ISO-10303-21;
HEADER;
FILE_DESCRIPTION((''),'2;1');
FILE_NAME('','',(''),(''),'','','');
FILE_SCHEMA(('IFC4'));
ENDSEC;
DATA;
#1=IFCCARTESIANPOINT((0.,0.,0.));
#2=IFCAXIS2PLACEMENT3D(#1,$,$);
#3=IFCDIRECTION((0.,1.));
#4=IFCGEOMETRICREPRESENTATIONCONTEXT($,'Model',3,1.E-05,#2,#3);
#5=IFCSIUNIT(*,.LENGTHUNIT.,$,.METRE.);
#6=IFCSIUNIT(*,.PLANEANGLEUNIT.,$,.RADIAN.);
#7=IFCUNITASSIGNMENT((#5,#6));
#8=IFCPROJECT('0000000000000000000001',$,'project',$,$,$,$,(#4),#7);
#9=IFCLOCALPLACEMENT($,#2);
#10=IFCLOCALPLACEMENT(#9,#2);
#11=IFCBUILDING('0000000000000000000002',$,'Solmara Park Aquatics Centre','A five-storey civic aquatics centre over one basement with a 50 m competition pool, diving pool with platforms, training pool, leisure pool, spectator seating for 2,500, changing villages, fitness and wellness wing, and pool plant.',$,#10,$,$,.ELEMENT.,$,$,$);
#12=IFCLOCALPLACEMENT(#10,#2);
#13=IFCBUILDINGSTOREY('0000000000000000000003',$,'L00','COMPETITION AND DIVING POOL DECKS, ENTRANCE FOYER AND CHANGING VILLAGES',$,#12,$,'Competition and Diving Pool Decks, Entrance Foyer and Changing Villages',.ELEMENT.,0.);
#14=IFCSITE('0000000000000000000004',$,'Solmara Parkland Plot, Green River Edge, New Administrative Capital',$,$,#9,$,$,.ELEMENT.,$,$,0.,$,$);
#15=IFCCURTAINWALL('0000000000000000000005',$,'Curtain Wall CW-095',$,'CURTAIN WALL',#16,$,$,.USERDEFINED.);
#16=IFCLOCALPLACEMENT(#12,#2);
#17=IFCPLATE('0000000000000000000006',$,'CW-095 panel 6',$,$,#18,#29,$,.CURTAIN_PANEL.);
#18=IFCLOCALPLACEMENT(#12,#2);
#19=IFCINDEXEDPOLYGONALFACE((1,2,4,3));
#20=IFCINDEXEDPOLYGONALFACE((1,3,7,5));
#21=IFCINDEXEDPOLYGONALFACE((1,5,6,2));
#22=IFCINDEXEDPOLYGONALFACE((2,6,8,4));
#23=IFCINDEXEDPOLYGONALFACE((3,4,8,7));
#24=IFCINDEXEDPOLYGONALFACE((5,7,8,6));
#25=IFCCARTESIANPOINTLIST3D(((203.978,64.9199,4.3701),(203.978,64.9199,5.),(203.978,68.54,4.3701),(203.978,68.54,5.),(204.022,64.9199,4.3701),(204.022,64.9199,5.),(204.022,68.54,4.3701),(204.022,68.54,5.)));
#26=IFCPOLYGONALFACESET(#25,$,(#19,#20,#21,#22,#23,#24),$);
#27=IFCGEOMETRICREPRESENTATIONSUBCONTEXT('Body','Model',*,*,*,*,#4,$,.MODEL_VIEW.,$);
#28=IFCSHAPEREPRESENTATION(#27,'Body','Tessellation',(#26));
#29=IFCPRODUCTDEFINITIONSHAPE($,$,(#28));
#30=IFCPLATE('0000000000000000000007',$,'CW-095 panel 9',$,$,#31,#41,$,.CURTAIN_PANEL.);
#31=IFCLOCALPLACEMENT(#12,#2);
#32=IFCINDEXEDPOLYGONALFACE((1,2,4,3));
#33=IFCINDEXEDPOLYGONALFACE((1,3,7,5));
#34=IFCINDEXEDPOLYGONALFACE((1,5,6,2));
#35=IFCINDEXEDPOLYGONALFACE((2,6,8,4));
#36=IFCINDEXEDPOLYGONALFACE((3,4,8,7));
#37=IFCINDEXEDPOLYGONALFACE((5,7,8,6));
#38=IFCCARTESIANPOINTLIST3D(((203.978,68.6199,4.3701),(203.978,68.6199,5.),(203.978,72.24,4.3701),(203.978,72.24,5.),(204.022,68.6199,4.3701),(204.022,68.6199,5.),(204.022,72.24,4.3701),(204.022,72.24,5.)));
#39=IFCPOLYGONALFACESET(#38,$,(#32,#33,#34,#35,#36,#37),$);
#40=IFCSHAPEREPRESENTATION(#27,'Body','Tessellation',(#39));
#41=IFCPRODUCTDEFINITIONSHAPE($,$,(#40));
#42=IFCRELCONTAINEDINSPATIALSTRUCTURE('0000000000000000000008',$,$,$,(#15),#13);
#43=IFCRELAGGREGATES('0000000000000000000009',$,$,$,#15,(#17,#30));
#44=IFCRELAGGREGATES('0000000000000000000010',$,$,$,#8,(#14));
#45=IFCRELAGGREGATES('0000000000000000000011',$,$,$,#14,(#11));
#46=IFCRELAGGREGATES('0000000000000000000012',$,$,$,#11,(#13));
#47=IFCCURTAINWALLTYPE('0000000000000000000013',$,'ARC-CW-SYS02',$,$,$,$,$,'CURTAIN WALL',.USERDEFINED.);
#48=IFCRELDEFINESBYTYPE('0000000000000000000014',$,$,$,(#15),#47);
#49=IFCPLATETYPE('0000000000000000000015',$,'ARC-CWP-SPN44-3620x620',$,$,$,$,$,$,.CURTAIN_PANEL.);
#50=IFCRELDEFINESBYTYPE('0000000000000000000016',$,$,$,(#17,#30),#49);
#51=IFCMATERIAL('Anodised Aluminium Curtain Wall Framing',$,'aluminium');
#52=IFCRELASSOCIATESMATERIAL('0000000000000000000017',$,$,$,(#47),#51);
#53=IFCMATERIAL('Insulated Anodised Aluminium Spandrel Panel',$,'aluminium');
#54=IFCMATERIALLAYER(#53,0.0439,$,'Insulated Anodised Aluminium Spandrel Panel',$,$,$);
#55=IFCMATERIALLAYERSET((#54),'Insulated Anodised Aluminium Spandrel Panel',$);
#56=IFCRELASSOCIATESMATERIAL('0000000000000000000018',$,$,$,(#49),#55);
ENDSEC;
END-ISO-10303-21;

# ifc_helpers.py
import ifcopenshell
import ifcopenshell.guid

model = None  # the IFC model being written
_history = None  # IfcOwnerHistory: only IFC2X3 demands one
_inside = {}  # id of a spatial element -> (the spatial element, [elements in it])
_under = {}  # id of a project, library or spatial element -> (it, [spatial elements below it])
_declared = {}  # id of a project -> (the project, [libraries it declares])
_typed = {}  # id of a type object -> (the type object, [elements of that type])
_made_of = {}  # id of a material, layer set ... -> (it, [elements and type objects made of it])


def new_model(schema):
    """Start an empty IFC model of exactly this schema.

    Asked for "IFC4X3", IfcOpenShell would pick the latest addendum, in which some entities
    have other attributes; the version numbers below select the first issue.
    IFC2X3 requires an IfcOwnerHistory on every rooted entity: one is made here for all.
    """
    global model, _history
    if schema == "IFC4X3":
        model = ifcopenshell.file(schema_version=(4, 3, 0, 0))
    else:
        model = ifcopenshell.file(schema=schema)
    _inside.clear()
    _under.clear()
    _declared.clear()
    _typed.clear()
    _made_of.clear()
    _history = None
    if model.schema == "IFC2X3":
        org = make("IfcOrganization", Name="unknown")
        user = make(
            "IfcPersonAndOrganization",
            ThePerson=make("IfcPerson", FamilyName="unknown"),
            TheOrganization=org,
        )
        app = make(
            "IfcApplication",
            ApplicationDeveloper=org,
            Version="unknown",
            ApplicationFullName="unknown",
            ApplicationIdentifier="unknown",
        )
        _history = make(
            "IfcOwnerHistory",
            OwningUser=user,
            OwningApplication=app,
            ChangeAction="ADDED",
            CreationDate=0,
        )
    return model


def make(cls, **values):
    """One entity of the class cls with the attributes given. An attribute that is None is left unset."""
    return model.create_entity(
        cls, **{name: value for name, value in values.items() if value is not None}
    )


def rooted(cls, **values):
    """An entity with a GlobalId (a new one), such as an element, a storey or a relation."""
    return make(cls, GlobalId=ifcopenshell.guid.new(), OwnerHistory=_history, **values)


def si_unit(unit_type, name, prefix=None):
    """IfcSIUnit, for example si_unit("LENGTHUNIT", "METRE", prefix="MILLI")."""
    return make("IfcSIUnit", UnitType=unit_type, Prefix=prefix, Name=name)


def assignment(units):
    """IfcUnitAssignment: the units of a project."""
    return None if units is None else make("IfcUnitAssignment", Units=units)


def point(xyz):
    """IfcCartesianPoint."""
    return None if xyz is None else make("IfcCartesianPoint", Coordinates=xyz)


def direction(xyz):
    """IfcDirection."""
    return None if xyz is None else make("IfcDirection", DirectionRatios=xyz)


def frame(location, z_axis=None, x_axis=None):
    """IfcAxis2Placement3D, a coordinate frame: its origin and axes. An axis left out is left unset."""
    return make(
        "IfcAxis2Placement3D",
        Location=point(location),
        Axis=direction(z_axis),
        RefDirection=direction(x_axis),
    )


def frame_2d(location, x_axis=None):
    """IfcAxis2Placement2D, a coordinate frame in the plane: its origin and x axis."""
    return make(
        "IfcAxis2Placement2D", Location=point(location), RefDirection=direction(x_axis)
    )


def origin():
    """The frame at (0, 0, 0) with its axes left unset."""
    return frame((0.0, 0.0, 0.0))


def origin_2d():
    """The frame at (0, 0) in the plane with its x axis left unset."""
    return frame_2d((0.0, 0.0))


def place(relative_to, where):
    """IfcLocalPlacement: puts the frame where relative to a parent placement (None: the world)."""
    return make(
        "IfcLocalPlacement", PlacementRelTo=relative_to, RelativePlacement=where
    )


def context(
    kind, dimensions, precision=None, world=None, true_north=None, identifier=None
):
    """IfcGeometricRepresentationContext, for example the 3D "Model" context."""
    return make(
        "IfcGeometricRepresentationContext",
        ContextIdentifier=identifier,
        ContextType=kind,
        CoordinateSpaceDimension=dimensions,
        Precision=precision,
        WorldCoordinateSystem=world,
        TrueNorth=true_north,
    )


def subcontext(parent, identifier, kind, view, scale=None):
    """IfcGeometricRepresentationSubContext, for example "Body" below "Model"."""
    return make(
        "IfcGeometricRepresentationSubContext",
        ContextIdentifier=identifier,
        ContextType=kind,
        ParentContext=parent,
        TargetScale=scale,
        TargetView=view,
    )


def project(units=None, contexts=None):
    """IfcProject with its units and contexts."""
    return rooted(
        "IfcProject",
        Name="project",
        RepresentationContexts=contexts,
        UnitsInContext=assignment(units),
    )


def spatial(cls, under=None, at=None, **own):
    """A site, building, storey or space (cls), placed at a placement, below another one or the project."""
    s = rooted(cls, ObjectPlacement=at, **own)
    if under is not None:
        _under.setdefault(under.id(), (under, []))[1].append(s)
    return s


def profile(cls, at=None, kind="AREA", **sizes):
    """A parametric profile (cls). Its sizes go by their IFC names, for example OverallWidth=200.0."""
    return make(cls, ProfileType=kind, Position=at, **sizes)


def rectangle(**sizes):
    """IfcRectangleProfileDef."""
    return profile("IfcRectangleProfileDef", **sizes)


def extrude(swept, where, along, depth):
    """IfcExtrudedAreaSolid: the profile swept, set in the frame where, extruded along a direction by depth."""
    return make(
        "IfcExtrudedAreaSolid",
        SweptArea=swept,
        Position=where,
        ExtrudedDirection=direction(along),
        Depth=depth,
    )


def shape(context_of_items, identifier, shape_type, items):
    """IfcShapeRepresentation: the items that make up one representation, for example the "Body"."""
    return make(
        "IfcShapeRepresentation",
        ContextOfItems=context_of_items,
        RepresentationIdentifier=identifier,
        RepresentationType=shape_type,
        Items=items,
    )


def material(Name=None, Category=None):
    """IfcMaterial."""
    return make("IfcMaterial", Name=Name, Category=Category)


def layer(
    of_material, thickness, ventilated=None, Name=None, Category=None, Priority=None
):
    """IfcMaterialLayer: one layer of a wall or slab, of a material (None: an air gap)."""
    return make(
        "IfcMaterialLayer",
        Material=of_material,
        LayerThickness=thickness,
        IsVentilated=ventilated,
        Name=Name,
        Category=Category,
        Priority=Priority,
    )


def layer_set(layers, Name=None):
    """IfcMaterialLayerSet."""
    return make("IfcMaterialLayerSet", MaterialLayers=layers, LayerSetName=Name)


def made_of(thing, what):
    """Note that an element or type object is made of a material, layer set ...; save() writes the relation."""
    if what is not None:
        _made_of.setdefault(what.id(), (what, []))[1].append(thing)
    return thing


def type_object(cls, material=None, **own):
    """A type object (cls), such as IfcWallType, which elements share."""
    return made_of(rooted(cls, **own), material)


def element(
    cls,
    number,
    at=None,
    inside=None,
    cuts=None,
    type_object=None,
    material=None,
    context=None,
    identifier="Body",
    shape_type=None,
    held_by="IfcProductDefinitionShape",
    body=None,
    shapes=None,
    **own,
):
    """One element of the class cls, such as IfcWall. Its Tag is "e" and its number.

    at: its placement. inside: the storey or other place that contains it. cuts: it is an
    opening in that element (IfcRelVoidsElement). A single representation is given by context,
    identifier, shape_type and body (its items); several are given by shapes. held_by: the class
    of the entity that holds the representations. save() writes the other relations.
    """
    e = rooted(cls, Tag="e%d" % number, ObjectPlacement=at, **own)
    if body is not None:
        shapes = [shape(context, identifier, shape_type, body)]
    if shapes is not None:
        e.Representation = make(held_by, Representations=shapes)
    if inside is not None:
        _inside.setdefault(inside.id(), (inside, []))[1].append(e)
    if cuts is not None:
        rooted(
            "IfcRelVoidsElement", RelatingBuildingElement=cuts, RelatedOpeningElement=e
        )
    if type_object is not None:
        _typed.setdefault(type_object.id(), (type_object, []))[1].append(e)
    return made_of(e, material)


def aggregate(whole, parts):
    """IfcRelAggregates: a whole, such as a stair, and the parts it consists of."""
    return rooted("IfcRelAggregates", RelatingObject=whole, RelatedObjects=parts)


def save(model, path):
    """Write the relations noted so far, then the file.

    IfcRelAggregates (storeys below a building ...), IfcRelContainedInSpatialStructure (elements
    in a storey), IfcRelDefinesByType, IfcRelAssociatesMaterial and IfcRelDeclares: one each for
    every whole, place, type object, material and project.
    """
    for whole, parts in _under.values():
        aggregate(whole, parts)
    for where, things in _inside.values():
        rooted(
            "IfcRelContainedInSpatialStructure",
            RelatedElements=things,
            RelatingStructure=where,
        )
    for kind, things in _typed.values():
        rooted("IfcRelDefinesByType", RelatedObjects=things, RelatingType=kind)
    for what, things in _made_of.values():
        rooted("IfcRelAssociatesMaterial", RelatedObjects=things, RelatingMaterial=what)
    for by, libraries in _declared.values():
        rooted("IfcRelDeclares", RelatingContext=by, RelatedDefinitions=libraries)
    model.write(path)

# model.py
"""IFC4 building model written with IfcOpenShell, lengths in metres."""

from ifc_helpers import new_model, si_unit, direction, frame, origin, origin_2d, place, context, subcontext, project, spatial, rectangle, extrude, material, layer, layer_set, type_object, element, aggregate, save


model = new_model("IFC4")

# Units and contexts
model_context = context("Model", 3, precision=1e-05, world=origin(), true_north=direction((0.0, 1.0)))
body_context = subcontext(model_context, "Body", "Model", "MODEL_VIEW")
ifc_project = project(units=[si_unit("LENGTHUNIT", "METRE"), si_unit("PLANEANGLEUNIT", "RADIAN")], contexts=[model_context])

# Site, building, storey
site_placement = place(None, origin())
site = spatial("IfcSite", under=ifc_project, at=site_placement, Name="Solmara Parkland Plot, Green River Edge, New Administrative Capital", CompositionType="ELEMENT", RefElevation=0.0)
building_placement = place(site_placement, origin())
building = spatial("IfcBuilding", under=site, at=building_placement, Name="Solmara Park Aquatics Centre", Description="A five-storey civic aquatics centre over one basement with a 50 m competition pool, diving pool with platforms, training pool, leisure pool, spectator seating for 2,500, changing villages, fitness and wellness wing, and pool plant.", CompositionType="ELEMENT")
storey_placement = place(building_placement, origin())
storey = spatial("IfcBuildingStorey", under=building, at=storey_placement, Name="L00", Description="COMPETITION AND DIVING POOL DECKS, ENTRANCE FOYER AND CHANGING VILLAGES", LongName="Competition and Diving Pool Decks, Entrance Foyer and Changing Villages", CompositionType="ELEMENT", Elevation=0.0)

# Shared definitions
ifc_material_1 = material(Name="Anodised Aluminium Curtain Wall Framing", Category="aluminium")
curtain_wall_type = type_object("IfcCurtainWallType", Name="ARC-CW-SYS02", ElementType="CURTAIN WALL", PredefinedType="USERDEFINED", material=ifc_material_1)

# Curtain wall
curtain_wall_1_placement = place(storey_placement, origin())
curtain_wall_1 = element("IfcCurtainWall", 1, at=curtain_wall_1_placement, inside=storey, type_object=curtain_wall_type, Name="Curtain Wall CW-095", ObjectType="CURTAIN WALL", PredefinedType="USERDEFINED")

# Plates
ifc_material_2 = material(Name="Insulated Anodised Aluminium Spandrel Panel", Category="aluminium")
ifc_layer_1 = layer(ifc_material_2, 0.0439, Name="Insulated Anodised Aluminium Spandrel Panel")
ifc_layer_set_1 = layer_set([ifc_layer_1], Name="Insulated Anodised Aluminium Spandrel Panel")
plate_type_1 = type_object("IfcPlateType", Name="ARC-CWP-SPN44-3620x620", PredefinedType="CURTAIN_PANEL", material=ifc_layer_set_1)
plate_1_placement = place(storey_placement, frame((204.0, 66.73, 4.3701), z_axis=(0.0, 0.0, 1.0), x_axis=(0.0, 1.0, 0.0)))
plate_1 = element("IfcPlate", 2, at=plate_1_placement, type_object=plate_type_1, Name="CW-095 panel 6", PredefinedType="CURTAIN_PANEL", context=body_context, shape_type="SweptSolid", body=[
    extrude(rectangle(XDim=3.6201, YDim=0.0439, at=origin_2d()), origin(), (0.0, 0.0, 1.0), 0.6299),
])
plate_2_placement = place(storey_placement, frame((204.0, 70.4299, 4.3701), z_axis=(0.0, 0.0, 1.0), x_axis=(0.0, 1.0, 0.0)))
plate_2 = element("IfcPlate", 3, at=plate_2_placement, type_object=plate_type_1, Name="CW-095 panel 9", PredefinedType="CURTAIN_PANEL", context=body_context, shape_type="SweptSolid", body=[
    extrude(rectangle(XDim=3.6201, YDim=0.0439, at=origin_2d()), origin(), (0.0, 0.0, 1.0), 0.6299),
])
aggregate(curtain_wall_1, [plate_1, plate_2])

save(model, "model.ifc")
